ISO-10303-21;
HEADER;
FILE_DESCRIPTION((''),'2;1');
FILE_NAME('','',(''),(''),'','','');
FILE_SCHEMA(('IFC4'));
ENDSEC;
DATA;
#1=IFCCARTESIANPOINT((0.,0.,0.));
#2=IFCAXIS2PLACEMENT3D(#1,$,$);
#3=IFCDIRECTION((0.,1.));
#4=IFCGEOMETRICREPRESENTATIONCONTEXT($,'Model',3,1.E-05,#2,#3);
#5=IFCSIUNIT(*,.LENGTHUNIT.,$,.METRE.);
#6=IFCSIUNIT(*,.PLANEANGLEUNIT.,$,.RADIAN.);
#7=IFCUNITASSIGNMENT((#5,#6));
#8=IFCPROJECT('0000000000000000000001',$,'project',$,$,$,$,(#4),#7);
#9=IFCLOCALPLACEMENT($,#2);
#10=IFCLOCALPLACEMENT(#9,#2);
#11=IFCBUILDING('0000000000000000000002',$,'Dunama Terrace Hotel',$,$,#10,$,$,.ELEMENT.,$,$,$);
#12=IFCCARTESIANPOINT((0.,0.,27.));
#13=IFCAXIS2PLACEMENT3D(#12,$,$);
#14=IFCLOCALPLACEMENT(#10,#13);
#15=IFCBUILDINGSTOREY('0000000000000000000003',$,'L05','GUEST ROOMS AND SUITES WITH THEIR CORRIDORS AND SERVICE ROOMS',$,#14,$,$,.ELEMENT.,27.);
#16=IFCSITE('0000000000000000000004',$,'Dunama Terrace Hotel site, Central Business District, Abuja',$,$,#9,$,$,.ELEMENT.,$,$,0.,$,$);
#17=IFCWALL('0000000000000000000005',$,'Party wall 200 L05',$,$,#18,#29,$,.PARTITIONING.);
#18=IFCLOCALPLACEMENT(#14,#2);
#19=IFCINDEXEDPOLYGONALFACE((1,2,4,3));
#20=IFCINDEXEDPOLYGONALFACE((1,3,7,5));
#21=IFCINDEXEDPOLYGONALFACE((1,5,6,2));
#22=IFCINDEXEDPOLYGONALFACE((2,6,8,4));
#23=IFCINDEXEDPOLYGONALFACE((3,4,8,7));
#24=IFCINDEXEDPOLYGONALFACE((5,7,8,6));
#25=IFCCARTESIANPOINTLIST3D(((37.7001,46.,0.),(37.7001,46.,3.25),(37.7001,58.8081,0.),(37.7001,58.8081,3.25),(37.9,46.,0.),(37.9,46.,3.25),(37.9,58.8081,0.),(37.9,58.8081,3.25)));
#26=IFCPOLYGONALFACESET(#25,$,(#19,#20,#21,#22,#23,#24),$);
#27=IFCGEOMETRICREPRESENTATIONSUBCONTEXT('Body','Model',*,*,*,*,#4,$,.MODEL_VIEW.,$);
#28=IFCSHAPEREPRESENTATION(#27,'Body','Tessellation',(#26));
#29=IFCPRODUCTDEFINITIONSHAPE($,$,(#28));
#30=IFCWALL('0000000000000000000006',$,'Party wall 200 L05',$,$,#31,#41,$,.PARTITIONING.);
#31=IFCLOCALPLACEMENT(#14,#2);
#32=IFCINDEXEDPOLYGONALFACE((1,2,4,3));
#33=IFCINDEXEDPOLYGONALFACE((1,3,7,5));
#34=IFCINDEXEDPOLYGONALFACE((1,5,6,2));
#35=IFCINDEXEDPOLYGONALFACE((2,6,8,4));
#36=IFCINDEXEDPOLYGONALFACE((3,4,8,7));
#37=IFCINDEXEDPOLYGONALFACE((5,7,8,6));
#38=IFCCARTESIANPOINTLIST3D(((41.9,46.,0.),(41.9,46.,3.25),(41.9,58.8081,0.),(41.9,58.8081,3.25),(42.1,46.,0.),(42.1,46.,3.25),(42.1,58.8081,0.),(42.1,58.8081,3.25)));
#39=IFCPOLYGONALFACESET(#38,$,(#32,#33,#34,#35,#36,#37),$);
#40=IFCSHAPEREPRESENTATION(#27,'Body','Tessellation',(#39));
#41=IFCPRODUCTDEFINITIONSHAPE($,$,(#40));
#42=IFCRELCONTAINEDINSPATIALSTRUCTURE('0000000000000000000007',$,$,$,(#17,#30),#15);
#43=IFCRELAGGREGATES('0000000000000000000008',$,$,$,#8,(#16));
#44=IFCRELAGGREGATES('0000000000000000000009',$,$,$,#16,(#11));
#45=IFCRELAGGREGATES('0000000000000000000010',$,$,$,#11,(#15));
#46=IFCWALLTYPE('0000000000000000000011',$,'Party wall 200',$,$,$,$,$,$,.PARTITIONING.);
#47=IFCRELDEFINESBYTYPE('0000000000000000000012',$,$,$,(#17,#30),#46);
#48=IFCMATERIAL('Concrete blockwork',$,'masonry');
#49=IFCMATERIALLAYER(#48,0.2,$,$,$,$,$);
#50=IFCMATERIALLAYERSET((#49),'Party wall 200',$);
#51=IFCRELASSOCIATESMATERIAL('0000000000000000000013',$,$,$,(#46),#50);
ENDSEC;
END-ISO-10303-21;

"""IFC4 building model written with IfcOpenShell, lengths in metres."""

from ifc_helpers import new_model, si_unit, direction, frame, frame_2d, origin, place, context, subcontext, project, spatial, rectangle, extrude, material, layer, layer_set, type_object, element, save


model = new_model("IFC4")

# Units and contexts
model_context = context("Model", 3, precision=1e-05, world=origin(), true_north=direction((0.0, 1.0)))
body_context = subcontext(model_context, "Body", "Model", "MODEL_VIEW")
ifc_project = project(units=[si_unit("LENGTHUNIT", "METRE"), si_unit("PLANEANGLEUNIT", "RADIAN")], contexts=[model_context])

# Site, building, storey
site_placement = place(None, origin())
site = spatial("IfcSite", under=ifc_project, at=site_placement, Name="Dunama Terrace Hotel site, Central Business District, Abuja", CompositionType="ELEMENT", RefElevation=0.0)
building_placement = place(site_placement, origin())
building = spatial("IfcBuilding", under=site, at=building_placement, Name="Dunama Terrace Hotel", CompositionType="ELEMENT")
storey_placement = place(building_placement, frame((0.0, 0.0, 27.0)))
storey = spatial("IfcBuildingStorey", under=building, at=storey_placement, Name="L05", Description="GUEST ROOMS AND SUITES WITH THEIR CORRIDORS AND SERVICE ROOMS", CompositionType="ELEMENT", Elevation=27.0)

# Walls
ifc_material_1 = material(Name="Concrete blockwork", Category="masonry")
ifc_layer_1 = layer(ifc_material_1, 0.2)
ifc_layer_set_1 = layer_set([ifc_layer_1], Name="Party wall 200")
wall_type_1 = type_object("IfcWallType", Name="Party wall 200", PredefinedType="PARTITIONING", material=ifc_layer_set_1)
for number, where, z_axis, x_axis, name in (
    (1, (37.8, 46.0, 0.0), (0.0, 0.0, 1.0), (0.0, 1.0, 0.0), "Party wall 200 L05"),
    (2, (42.0, 46.0, 0.0), (0.0, 0.0, 1.0), (0.0, 1.0, 0.0), "Party wall 200 L05"),
):
    element("IfcWall", number, at=place(storey_placement, frame(where, z_axis=z_axis, x_axis=x_axis)), inside=storey, type_object=wall_type_1, Name=name, PredefinedType="PARTITIONING", context=body_context, shape_type="SweptSolid", body=[
        extrude(rectangle(XDim=12.8081, YDim=0.2, at=frame_2d((6.4041, 0.0))), origin(), (0.0, 0.0, 1.0), 3.25),
    ])

save(model, "model.ifc")
